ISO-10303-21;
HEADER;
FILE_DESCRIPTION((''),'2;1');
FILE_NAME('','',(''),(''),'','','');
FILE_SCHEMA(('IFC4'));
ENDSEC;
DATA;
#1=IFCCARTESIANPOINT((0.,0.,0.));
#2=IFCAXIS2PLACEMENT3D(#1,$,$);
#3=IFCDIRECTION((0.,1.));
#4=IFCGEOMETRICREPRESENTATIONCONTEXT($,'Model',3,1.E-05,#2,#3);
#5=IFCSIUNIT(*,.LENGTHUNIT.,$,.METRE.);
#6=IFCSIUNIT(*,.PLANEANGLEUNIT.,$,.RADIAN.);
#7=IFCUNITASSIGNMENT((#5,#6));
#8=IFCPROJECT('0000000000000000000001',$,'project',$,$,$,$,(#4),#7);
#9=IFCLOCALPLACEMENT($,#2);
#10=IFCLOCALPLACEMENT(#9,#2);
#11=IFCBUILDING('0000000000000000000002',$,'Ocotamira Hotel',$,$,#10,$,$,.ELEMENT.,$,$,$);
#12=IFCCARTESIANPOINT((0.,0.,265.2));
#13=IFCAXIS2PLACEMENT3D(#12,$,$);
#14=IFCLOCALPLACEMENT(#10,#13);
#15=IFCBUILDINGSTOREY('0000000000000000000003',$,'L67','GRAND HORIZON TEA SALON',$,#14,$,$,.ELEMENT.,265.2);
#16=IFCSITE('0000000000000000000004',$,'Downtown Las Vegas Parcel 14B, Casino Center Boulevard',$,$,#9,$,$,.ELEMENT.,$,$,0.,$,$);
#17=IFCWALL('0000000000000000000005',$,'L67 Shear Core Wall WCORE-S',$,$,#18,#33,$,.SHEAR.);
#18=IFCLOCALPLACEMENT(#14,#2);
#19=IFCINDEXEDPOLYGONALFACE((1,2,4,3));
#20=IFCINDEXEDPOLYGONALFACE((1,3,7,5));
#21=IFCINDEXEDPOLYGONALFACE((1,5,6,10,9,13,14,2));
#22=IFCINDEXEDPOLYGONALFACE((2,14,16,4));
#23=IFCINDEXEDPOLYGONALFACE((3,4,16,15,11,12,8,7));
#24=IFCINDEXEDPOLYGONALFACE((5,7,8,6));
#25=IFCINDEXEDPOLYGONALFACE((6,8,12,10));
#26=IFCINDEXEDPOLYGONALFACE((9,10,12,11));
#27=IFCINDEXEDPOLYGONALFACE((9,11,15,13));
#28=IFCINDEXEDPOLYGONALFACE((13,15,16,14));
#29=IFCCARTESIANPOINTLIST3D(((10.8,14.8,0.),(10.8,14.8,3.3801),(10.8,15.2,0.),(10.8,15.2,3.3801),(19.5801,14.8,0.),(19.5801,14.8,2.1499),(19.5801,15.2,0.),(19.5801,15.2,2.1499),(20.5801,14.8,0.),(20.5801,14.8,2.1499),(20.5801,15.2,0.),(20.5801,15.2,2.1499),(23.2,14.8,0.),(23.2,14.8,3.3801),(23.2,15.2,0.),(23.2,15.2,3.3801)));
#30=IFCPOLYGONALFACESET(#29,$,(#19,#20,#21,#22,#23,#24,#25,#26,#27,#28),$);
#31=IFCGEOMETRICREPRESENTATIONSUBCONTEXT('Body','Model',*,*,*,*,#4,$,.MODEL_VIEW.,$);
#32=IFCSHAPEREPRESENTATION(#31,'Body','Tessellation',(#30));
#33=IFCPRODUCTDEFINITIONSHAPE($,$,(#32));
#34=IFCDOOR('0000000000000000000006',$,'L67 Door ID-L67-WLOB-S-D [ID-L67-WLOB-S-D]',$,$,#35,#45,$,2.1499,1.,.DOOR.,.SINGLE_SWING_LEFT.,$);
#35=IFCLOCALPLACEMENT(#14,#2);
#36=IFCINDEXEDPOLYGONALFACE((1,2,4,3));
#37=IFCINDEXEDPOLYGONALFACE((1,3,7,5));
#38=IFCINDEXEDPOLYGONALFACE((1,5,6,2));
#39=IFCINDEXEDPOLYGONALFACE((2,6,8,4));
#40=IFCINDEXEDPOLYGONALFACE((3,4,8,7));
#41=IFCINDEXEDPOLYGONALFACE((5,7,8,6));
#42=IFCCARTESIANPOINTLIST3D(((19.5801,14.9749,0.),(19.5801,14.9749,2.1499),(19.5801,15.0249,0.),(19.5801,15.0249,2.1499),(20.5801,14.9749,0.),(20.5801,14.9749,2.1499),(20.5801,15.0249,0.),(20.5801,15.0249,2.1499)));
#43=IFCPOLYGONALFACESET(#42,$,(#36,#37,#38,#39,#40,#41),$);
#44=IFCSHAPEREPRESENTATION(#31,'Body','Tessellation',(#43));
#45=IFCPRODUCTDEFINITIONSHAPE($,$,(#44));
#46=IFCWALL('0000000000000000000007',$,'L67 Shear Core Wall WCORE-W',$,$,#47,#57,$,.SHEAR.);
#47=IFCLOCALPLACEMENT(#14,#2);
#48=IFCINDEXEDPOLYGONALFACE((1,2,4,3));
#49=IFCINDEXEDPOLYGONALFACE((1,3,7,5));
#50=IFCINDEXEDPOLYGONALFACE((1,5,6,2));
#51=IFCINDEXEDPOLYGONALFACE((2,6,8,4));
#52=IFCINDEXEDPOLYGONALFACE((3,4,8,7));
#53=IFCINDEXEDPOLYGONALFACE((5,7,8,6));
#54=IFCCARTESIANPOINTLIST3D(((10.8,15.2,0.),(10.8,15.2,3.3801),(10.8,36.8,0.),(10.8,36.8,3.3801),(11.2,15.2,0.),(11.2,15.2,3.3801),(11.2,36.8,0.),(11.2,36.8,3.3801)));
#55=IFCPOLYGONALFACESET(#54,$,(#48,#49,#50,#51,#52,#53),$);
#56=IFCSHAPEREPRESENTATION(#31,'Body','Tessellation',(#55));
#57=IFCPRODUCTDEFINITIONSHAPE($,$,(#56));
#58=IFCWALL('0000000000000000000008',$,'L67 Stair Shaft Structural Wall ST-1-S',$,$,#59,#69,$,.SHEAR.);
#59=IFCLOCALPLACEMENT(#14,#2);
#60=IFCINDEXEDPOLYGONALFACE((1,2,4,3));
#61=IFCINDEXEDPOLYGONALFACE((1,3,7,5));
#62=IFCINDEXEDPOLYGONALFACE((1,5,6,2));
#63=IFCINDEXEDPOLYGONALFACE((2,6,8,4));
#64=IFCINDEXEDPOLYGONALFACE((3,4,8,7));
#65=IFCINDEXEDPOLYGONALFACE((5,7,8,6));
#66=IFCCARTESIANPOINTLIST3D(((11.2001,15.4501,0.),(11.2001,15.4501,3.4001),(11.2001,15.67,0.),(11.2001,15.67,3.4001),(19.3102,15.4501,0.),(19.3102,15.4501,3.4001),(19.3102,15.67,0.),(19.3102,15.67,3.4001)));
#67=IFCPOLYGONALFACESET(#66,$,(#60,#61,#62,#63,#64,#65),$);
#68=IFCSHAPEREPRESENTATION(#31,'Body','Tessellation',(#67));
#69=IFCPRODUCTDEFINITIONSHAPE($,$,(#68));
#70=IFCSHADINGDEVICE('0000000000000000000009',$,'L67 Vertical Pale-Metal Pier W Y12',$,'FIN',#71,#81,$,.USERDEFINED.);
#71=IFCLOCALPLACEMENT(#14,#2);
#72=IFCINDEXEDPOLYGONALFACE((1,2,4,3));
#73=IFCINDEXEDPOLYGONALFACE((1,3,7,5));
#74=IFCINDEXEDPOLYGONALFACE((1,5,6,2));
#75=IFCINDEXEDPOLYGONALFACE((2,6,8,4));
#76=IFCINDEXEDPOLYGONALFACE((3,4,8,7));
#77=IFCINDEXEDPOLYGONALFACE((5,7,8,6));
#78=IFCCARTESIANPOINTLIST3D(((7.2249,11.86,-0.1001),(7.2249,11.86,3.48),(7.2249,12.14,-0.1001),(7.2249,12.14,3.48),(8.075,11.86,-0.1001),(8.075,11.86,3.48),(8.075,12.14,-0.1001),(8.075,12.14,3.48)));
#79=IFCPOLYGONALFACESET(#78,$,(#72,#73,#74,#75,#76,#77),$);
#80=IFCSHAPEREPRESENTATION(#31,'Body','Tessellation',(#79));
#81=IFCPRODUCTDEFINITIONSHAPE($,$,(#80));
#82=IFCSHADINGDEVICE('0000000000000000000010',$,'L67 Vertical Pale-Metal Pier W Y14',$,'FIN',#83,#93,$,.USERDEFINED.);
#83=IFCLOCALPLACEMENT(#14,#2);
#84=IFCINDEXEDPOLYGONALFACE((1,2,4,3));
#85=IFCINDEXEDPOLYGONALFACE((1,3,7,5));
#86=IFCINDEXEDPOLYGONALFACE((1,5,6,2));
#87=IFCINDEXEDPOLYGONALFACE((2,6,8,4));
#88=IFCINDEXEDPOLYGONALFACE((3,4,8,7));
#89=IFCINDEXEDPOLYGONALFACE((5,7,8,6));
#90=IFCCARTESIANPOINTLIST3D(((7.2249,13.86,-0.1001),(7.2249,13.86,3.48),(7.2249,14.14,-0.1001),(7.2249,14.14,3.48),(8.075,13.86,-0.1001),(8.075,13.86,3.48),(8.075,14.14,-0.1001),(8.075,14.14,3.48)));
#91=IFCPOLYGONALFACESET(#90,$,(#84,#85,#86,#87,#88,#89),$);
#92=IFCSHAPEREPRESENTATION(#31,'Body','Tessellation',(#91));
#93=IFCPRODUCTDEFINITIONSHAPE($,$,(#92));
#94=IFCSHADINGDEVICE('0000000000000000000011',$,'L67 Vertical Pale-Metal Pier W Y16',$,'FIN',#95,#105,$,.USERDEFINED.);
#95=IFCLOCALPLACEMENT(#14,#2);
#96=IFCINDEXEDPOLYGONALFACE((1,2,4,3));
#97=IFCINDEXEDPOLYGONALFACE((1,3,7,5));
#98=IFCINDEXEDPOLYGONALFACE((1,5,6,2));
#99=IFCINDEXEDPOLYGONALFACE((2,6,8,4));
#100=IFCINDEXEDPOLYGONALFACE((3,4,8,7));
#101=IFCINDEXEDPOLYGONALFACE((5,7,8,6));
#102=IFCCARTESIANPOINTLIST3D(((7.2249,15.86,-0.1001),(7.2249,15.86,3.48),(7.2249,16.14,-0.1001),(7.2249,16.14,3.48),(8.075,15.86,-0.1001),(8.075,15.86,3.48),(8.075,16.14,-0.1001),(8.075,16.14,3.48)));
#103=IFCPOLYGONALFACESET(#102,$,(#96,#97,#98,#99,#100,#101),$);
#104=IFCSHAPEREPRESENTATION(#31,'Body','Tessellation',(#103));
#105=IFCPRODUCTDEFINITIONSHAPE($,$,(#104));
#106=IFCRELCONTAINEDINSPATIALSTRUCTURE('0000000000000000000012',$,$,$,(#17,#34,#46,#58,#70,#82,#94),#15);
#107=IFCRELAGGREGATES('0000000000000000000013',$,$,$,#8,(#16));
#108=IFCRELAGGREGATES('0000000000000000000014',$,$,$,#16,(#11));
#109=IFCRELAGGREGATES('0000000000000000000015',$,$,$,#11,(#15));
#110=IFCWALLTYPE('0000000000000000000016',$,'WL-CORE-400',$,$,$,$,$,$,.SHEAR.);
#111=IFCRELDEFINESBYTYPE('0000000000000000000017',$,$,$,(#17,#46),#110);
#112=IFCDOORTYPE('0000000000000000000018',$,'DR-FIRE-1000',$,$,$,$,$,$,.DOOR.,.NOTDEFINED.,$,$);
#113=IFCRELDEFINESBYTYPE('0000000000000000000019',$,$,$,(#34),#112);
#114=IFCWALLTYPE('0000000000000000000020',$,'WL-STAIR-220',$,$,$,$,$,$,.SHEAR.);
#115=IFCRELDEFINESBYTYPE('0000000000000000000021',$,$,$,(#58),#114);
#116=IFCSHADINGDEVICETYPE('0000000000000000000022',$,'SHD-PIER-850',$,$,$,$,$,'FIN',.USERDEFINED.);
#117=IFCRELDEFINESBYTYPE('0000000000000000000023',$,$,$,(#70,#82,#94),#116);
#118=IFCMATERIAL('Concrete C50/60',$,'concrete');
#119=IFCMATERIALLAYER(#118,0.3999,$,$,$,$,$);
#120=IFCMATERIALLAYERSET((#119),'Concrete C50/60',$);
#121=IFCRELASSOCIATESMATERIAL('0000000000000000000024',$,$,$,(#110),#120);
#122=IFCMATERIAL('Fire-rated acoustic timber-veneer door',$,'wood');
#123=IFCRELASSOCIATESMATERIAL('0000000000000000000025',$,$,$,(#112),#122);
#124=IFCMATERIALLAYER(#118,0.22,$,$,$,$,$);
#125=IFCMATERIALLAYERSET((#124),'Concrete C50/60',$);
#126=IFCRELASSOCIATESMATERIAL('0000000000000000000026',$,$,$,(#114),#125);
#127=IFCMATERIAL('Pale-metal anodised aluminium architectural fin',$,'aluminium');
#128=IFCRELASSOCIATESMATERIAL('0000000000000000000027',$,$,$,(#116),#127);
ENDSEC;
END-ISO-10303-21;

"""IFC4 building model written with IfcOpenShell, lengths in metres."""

from ifc_helpers import new_model, si_unit, direction, frame, frame_2d, origin, origin_2d, place, context, subcontext, project, spatial, rectangle, extrude, source, transform, mapped, material, layer, layer_set, type_object, element, fill, save


model = new_model("IFC4")

# Units and contexts
model_context = context("Model", 3, precision=1e-05, world=origin(), true_north=direction((0.0, 1.0)))
body_context = subcontext(model_context, "Body", "Model", "MODEL_VIEW")
ifc_project = project(units=[si_unit("LENGTHUNIT", "METRE"), si_unit("PLANEANGLEUNIT", "RADIAN")], contexts=[model_context])

# Site, building, storey
site_placement = place(None, origin())
site = spatial("IfcSite", under=ifc_project, at=site_placement, Name="Downtown Las Vegas Parcel 14B, Casino Center Boulevard", CompositionType="ELEMENT", RefElevation=0.0)
building_placement = place(site_placement, origin())
building = spatial("IfcBuilding", under=site, at=building_placement, Name="Ocotamira Hotel", CompositionType="ELEMENT")
storey_placement = place(building_placement, frame((0.0, 0.0, 265.2)))
storey = spatial("IfcBuildingStorey", under=building, at=storey_placement, Name="L67", Description="GRAND HORIZON TEA SALON", CompositionType="ELEMENT", Elevation=265.2)

# Wall, opening, door
ifc_material_1 = material(Name="Concrete C50/60", Category="concrete")
ifc_layer_1 = layer(ifc_material_1, 0.3999)
ifc_layer_set_1 = layer_set([ifc_layer_1], Name="Concrete C50/60")
wall_type_1 = type_object("IfcWallType", Name="WL-CORE-400", PredefinedType="SHEAR", material=ifc_layer_set_1)
wall_1_placement = place(storey_placement, frame((10.8, 15.0, 0.0), z_axis=(0.0, 0.0, 1.0), x_axis=(1.0, 0.0, 0.0)))
wall_1 = element("IfcWall", 1, at=wall_1_placement, inside=storey, type_object=wall_type_1, Name="L67 Shear Core Wall WCORE-S", PredefinedType="SHEAR", context=body_context, shape_type="SweptSolid", body=[
    extrude(rectangle(XDim=12.3999, YDim=0.3999, at=frame_2d((6.2, 0.0))), origin(), (0.0, 0.0, 1.0), 3.3801),
])
opening_1_placement = place(wall_1_placement, frame((8.78, 0.0, 0.0)))
opening_1 = element("IfcOpeningElement", 2, at=opening_1_placement, cuts=wall_1, PredefinedType="OPENING", context=body_context, shape_type="SweptSolid", body=[
    extrude(rectangle(XDim=1.0, YDim=2.1499, at=frame_2d((0.5, 1.075))), frame((0.0, 0.21, 0.0), z_axis=(0.0, -1.0, 0.0), x_axis=(1.0, 0.0, 0.0)), (0.0, 0.0, 1.0), 0.4199),
])
ifc_material_2 = material(Name="Fire-rated acoustic timber-veneer door", Category="wood")
door_type_1 = type_object("IfcDoorType", Name="DR-FIRE-1000", OperationType="NOTDEFINED", PredefinedType="DOOR", material=ifc_material_2)
shared_shape_1 = source(origin(), body_context, "Body", "SweptSolid", [
    extrude(rectangle(XDim=1.0, YDim=2.1499, at=frame_2d((0.5, 1.075))), frame((0.0, 0.0249, 0.0), z_axis=(0.0, -1.0, 0.0), x_axis=(1.0, 0.0, 0.0)), (0.0, 0.0, 1.0), 0.05),
])
door_1_placement = place(opening_1_placement, origin())
door_1 = element("IfcDoor", 3, at=door_1_placement, inside=storey, type_object=door_type_1, Name="L67 Door ID-L67-WLOB-S-D [ID-L67-WLOB-S-D]", OperationType="SINGLE_SWING_LEFT", OverallHeight=2.1499, OverallWidth=1.0, PredefinedType="DOOR", context=body_context, shape_type="MappedRepresentation", body=[
    mapped(shared_shape_1, transform((0.0, 0.0, 0.0), scale=1.0)),
])
fill(opening_1, door_1)

# Wall
wall_2_placement = place(storey_placement, frame((11.0, 15.2, 0.0), z_axis=(0.0, 0.0, 1.0), x_axis=(0.0, 1.0, 0.0)))
element("IfcWall", 4, at=wall_2_placement, inside=storey, type_object=wall_type_1, Name="L67 Shear Core Wall WCORE-W", PredefinedType="SHEAR", context=body_context, shape_type="SweptSolid", body=[
    extrude(rectangle(XDim=21.6001, YDim=0.3999, at=frame_2d((10.8, 0.0))), origin(), (0.0, 0.0, 1.0), 3.3801),
])

# Wall
ifc_layer_2 = layer(ifc_material_1, 0.22)
ifc_layer_set_2 = layer_set([ifc_layer_2], Name="Concrete C50/60")
wall_type_2 = type_object("IfcWallType", Name="WL-STAIR-220", PredefinedType="SHEAR", material=ifc_layer_set_2)
wall_3_placement = place(storey_placement, frame((11.2, 15.5601, 0.0), z_axis=(0.0, 0.0, 1.0), x_axis=(1.0, 0.0, 0.0)))
element("IfcWall", 5, at=wall_3_placement, inside=storey, type_object=wall_type_2, Name="L67 Stair Shaft Structural Wall ST-1-S", PredefinedType="SHEAR", context=body_context, shape_type="SweptSolid", body=[
    extrude(rectangle(XDim=8.1101, YDim=0.22, at=frame_2d((4.0552, 0.0))), origin(), (0.0, 0.0, 1.0), 3.4001),
])

# Shading devices
ifc_material_3 = material(Name="Pale-metal anodised aluminium architectural fin", Category="aluminium")
shading_device_type = type_object("IfcShadingDeviceType", Name="SHD-PIER-850", ElementType="FIN", PredefinedType="USERDEFINED", material=ifc_material_3)
shared_shape_2 = source(origin(), body_context, "Body", "SweptSolid", [
    extrude(rectangle(XDim=0.8501, YDim=0.28, at=origin_2d()), origin(), (0.0, 0.0, 1.0), 3.5801),
])
for number, where, z_axis, x_axis, name in (
    (6, (7.6499, 12.0, -0.1001), (0.0, 0.0, 1.0), (1.0, 0.0, 0.0), "L67 Vertical Pale-Metal Pier W Y12"),
    (7, (7.6499, 14.0, -0.1001), (0.0, 0.0, 1.0), (1.0, 0.0, 0.0), "L67 Vertical Pale-Metal Pier W Y14"),
    (8, (7.6499, 16.0, -0.1001), (0.0, 0.0, 1.0), (1.0, 0.0, 0.0), "L67 Vertical Pale-Metal Pier W Y16"),
):
    element("IfcShadingDevice", number, at=place(storey_placement, frame(where, z_axis=z_axis, x_axis=x_axis)), inside=storey, type_object=shading_device_type, Name=name, ObjectType="FIN", PredefinedType="USERDEFINED", context=body_context, shape_type="MappedRepresentation", body=[
        mapped(shared_shape_2, transform((0.0, 0.0, 0.0), scale=1.0)),
    ])

save(model, "model.ifc")
